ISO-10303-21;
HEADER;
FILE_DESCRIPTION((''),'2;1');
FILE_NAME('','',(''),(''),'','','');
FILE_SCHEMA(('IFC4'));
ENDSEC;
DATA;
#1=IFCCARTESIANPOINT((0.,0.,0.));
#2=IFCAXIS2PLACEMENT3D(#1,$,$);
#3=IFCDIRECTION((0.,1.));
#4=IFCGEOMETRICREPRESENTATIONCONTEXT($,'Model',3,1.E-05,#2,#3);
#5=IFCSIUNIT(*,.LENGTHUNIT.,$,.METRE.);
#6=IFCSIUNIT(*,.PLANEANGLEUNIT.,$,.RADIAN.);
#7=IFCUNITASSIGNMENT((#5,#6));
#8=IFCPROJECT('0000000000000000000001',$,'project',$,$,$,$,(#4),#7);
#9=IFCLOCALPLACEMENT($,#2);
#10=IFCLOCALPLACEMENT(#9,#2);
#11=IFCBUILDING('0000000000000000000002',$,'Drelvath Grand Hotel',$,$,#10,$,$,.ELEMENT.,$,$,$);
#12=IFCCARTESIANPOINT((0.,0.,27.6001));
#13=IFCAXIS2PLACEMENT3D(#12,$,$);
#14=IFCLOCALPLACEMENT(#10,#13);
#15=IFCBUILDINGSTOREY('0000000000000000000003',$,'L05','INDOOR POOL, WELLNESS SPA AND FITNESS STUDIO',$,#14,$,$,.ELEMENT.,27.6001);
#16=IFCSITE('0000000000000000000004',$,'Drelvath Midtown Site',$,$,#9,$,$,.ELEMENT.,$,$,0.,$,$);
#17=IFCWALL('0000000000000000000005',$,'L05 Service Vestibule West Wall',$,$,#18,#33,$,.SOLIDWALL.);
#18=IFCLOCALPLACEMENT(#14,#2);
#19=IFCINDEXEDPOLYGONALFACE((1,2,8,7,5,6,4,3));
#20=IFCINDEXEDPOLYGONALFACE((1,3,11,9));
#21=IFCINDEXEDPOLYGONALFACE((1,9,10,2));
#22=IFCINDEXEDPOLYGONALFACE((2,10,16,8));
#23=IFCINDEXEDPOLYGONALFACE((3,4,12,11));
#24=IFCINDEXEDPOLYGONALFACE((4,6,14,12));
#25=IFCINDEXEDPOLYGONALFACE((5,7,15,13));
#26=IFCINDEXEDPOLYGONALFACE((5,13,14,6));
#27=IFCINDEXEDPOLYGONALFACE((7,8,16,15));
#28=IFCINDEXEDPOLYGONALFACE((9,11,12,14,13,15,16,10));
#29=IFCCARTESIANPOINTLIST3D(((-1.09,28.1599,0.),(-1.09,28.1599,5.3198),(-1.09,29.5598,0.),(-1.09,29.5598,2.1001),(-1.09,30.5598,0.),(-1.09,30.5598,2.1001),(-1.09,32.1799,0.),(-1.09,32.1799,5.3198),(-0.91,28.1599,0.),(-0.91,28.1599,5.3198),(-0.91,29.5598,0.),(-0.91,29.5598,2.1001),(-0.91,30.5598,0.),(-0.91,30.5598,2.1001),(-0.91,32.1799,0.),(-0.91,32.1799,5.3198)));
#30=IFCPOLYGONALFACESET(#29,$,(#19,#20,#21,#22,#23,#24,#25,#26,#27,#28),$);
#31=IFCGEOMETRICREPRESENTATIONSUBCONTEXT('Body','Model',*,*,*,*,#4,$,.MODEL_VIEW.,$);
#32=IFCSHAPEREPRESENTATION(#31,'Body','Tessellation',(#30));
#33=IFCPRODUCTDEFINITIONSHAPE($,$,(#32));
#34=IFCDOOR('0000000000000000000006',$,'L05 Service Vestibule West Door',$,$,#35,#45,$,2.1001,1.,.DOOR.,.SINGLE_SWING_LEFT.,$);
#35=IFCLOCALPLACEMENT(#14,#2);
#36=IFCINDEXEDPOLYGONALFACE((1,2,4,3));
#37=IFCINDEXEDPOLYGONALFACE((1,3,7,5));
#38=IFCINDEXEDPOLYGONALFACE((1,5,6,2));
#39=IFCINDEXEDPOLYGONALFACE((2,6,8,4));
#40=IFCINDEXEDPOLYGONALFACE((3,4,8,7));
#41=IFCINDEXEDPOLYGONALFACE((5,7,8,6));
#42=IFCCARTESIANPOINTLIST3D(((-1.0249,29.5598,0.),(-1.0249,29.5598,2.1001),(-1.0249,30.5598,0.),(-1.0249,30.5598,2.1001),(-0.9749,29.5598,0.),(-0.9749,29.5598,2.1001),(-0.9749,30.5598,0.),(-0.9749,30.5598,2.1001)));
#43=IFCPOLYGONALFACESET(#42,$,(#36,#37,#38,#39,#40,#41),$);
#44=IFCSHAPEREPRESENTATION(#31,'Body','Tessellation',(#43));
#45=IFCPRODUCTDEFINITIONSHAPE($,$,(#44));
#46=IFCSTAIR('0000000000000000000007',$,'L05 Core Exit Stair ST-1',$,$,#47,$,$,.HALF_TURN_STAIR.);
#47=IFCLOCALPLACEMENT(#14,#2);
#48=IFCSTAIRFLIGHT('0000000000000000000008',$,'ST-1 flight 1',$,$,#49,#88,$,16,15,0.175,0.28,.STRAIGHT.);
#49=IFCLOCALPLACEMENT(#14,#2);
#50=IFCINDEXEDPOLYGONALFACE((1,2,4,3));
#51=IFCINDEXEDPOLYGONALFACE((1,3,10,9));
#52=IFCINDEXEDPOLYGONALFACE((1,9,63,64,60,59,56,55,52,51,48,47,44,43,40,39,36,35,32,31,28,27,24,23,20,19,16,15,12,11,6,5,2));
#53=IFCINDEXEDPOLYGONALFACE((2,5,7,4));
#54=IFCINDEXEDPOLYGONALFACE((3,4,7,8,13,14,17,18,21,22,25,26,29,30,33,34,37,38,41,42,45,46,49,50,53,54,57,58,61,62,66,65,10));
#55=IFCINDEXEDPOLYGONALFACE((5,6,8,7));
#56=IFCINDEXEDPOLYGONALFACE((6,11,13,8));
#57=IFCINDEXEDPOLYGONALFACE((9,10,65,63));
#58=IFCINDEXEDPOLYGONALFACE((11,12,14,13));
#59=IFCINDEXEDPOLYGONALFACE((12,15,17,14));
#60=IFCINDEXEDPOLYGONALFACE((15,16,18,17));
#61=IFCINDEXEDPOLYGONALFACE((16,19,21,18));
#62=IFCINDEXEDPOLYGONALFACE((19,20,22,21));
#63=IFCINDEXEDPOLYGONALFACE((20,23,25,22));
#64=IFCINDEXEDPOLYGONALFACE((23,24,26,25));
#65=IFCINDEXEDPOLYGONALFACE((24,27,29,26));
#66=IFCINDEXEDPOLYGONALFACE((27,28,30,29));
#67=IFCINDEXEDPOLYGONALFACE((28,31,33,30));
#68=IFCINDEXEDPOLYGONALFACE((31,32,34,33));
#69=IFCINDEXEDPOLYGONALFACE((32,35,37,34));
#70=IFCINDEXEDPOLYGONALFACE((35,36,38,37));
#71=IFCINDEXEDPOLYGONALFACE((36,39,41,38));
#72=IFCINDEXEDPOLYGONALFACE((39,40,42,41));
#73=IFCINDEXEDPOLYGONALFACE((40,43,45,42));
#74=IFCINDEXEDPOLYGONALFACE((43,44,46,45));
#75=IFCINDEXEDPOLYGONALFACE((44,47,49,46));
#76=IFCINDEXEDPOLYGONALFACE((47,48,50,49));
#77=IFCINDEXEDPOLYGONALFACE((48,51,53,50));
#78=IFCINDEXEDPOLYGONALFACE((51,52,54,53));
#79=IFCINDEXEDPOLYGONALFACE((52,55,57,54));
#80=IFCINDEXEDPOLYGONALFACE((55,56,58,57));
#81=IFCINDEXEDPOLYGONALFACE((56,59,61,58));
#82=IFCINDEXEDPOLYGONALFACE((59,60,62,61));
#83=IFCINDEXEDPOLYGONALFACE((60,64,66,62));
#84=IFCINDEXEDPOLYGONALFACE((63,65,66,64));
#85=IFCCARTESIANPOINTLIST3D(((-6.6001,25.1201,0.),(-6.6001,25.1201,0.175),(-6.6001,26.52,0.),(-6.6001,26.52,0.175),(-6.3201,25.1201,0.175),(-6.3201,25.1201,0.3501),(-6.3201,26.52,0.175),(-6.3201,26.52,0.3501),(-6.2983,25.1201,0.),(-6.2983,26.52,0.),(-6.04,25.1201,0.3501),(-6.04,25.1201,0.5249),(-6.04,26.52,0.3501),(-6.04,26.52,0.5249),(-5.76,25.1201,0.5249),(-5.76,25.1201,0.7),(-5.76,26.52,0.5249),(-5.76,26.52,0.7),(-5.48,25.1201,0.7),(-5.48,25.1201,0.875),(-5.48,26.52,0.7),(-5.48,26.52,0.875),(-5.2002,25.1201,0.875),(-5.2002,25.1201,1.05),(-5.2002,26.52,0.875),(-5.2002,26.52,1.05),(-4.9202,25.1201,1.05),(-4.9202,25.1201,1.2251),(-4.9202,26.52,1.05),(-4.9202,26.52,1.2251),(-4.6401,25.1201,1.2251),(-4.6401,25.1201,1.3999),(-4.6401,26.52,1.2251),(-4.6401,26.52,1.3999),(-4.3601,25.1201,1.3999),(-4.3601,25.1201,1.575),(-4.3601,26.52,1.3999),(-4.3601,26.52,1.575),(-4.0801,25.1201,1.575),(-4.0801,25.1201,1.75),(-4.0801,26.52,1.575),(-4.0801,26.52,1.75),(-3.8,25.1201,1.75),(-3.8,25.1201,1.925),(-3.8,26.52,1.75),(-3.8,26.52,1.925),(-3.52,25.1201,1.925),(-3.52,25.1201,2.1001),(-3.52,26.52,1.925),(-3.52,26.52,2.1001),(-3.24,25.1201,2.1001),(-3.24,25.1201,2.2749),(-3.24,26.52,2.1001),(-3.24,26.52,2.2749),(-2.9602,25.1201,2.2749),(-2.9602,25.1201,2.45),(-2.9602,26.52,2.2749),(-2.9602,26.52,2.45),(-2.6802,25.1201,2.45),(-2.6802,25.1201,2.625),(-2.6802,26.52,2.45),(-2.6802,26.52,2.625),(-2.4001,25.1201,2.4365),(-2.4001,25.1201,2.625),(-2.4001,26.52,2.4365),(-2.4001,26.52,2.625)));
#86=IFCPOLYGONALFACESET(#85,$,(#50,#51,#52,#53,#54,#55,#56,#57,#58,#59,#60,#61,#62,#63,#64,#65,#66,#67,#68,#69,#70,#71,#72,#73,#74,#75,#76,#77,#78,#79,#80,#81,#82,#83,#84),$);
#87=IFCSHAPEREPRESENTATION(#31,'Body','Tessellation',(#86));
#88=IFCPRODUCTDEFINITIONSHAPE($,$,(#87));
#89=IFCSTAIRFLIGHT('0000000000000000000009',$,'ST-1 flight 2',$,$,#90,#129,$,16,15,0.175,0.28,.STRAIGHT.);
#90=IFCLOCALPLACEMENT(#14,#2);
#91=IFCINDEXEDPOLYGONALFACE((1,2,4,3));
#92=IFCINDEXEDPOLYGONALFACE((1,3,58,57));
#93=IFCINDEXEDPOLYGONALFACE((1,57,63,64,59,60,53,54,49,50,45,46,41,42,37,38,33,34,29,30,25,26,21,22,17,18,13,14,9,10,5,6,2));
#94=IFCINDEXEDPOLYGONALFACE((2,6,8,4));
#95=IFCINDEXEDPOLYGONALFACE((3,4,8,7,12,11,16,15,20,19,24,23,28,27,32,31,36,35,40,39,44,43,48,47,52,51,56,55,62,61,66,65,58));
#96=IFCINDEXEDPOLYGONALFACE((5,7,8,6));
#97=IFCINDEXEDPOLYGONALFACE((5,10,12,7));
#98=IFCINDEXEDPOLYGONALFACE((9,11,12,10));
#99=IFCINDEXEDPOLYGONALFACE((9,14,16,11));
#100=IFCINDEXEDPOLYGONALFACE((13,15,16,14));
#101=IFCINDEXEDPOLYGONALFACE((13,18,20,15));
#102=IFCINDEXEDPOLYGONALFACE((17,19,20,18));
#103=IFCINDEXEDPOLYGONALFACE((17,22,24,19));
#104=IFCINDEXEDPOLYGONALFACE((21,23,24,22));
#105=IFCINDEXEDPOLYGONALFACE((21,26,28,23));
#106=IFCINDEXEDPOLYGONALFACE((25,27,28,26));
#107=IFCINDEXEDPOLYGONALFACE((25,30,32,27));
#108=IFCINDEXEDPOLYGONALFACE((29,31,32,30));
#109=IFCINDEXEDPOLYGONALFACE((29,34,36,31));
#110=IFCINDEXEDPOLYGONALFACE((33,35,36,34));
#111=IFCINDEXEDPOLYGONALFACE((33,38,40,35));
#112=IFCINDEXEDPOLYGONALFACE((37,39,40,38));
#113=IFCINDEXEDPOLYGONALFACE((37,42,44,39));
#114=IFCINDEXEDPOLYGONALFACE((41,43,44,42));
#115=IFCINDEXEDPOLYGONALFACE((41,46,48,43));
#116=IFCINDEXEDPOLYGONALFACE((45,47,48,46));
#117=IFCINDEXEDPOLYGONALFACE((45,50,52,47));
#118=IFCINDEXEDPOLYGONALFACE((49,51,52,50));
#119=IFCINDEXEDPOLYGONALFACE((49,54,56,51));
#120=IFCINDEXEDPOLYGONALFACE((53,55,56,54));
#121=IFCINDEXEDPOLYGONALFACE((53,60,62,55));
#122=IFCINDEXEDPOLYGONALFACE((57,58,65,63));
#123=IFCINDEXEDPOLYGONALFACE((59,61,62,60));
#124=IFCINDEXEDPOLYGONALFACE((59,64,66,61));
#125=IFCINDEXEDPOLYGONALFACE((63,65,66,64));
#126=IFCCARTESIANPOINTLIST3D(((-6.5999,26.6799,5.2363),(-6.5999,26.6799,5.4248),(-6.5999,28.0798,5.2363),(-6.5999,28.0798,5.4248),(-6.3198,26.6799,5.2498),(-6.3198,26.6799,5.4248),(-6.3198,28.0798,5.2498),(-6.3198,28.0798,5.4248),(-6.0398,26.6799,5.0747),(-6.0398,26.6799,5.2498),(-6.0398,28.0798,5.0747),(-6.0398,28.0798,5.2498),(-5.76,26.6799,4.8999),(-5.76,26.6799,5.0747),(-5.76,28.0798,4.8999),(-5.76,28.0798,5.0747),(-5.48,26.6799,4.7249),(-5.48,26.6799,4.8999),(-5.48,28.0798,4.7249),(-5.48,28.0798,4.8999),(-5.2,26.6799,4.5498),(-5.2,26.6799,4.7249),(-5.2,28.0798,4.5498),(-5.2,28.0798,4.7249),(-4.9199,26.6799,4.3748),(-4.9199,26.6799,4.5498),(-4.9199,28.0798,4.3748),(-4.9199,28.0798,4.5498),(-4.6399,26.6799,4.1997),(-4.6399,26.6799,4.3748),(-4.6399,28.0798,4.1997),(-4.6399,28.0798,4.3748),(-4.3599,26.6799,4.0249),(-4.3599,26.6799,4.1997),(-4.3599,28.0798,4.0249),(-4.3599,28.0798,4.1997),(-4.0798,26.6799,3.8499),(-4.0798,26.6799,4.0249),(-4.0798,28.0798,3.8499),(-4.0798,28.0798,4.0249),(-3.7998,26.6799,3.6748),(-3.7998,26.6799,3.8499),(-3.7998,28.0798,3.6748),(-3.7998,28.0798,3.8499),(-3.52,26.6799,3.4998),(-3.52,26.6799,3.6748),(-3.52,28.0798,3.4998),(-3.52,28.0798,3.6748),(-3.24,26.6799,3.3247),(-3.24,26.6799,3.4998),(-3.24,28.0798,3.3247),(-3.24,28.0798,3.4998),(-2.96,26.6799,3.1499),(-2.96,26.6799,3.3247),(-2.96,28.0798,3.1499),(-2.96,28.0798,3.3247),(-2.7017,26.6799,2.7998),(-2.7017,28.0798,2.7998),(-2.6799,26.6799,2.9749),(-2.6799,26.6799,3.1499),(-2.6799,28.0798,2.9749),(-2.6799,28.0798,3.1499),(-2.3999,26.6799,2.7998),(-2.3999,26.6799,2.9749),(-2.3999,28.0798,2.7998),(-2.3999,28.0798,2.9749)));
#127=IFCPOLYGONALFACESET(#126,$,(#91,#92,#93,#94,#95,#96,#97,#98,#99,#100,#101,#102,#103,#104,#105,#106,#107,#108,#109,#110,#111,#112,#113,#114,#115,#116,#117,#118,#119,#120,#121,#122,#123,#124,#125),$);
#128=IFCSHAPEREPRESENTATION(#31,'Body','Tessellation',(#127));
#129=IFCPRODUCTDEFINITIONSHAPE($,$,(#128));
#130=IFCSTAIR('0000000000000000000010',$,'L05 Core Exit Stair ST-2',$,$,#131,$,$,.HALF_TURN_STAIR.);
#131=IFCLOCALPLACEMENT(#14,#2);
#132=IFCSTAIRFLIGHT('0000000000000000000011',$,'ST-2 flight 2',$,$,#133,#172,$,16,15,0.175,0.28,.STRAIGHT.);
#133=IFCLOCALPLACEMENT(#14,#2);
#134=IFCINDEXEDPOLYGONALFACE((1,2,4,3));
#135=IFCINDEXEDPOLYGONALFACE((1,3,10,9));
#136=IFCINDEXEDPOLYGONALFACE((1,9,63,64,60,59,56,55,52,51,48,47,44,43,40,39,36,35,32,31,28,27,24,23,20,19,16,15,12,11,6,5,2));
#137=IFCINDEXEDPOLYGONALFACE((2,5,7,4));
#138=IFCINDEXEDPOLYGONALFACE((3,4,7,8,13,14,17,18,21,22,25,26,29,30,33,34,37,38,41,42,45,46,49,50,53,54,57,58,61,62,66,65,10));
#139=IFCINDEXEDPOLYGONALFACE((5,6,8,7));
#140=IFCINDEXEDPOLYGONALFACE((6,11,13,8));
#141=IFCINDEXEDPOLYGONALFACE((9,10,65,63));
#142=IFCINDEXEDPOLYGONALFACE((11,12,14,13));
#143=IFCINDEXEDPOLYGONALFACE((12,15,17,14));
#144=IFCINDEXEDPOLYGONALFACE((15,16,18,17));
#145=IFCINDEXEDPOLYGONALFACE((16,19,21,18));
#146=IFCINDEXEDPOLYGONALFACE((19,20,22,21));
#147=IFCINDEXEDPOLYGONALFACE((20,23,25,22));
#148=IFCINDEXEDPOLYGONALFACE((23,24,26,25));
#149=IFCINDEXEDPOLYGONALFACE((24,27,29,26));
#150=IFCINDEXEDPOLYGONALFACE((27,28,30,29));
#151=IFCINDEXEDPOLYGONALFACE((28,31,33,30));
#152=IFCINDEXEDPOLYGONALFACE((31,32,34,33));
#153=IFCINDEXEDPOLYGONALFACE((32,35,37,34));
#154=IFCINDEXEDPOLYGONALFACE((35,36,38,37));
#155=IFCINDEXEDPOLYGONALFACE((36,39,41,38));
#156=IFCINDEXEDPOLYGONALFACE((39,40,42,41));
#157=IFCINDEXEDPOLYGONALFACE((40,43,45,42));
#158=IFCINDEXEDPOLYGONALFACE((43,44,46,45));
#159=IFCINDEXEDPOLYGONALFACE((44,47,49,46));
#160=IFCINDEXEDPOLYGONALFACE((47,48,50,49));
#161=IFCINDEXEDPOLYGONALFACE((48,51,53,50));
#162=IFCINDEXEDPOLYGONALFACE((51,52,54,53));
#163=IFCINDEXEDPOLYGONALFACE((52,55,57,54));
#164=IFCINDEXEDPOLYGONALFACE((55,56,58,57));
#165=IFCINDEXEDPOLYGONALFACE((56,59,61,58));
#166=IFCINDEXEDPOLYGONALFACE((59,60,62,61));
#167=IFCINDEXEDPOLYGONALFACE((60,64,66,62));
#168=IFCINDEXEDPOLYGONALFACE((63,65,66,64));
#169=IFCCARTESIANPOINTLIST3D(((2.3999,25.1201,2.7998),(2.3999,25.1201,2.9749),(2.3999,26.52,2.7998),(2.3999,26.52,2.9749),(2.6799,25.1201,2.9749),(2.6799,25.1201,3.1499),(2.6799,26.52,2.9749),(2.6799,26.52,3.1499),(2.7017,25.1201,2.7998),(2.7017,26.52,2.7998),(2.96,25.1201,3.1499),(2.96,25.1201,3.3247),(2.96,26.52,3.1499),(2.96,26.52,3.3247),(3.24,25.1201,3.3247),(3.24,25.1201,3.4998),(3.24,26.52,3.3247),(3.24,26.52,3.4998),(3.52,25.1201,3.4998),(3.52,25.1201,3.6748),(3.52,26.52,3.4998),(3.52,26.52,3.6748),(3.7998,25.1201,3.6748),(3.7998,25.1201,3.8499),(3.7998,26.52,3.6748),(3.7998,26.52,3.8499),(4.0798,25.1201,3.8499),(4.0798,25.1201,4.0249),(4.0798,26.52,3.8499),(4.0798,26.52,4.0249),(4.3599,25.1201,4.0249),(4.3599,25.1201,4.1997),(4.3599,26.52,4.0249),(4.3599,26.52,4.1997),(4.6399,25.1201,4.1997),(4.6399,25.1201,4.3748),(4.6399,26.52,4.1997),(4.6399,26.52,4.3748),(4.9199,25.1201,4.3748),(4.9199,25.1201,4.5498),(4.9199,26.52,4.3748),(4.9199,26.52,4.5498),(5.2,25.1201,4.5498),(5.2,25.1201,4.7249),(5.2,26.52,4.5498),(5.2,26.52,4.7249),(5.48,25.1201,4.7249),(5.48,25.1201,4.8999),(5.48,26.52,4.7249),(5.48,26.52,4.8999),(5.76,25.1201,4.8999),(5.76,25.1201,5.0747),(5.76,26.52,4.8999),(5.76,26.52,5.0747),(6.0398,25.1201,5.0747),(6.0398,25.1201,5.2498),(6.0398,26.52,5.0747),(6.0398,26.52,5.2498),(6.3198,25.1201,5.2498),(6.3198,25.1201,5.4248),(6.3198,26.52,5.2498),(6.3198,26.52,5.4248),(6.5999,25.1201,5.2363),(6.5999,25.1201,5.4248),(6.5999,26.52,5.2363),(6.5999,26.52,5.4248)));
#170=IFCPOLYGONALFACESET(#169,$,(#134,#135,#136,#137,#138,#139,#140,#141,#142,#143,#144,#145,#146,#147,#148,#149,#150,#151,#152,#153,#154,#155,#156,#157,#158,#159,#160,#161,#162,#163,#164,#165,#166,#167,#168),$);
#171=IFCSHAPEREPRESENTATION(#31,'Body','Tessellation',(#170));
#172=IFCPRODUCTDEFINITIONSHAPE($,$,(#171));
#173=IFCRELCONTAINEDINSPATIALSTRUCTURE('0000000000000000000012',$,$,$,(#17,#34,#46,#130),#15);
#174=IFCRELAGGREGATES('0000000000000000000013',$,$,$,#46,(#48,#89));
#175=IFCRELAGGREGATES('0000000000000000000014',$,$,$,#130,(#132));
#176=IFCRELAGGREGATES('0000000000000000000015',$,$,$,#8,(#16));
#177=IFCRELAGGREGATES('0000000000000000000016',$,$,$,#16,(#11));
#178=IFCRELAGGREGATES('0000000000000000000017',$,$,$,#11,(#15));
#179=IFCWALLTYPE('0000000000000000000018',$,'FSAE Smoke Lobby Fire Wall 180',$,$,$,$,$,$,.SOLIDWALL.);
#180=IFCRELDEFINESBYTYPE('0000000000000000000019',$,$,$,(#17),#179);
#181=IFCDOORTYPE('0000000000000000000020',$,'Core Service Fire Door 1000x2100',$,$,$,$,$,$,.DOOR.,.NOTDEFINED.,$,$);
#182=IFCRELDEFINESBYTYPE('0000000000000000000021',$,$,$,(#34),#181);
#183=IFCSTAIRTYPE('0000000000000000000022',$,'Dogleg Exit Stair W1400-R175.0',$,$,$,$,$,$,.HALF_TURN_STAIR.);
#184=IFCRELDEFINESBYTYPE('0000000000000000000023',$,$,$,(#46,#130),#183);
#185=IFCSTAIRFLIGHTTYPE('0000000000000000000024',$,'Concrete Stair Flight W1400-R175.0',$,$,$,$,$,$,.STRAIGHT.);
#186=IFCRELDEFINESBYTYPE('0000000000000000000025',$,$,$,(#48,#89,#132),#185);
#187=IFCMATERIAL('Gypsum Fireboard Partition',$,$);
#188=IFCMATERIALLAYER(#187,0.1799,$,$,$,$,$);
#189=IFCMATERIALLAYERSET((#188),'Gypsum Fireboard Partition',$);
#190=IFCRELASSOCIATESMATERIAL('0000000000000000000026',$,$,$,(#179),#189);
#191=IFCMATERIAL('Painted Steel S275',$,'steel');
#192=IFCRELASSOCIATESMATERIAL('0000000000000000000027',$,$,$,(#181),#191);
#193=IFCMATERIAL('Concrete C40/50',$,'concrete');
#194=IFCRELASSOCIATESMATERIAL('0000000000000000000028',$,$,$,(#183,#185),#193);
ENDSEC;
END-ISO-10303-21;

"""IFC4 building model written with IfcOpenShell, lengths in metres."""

from ifc_helpers import new_model, si_unit, direction, frame, frame_2d, origin, place, context, subcontext, project, spatial, polyline, rectangle, outline, extrude, material, layer, layer_set, type_object, element, fill, aggregate, save


model = new_model("IFC4")

# Units and contexts
model_context = context("Model", 3, precision=1e-05, world=origin(), true_north=direction((0.0, 1.0)))
body_context = subcontext(model_context, "Body", "Model", "MODEL_VIEW")
ifc_project = project(units=[si_unit("LENGTHUNIT", "METRE"), si_unit("PLANEANGLEUNIT", "RADIAN")], contexts=[model_context])

# Site, building, storey
site_placement = place(None, origin())
site = spatial("IfcSite", under=ifc_project, at=site_placement, Name="Drelvath Midtown Site", CompositionType="ELEMENT", RefElevation=0.0)
building_placement = place(site_placement, origin())
building = spatial("IfcBuilding", under=site, at=building_placement, Name="Drelvath Grand Hotel", CompositionType="ELEMENT")
storey_placement = place(building_placement, frame((0.0, 0.0, 27.6001)))
storey = spatial("IfcBuildingStorey", under=building, at=storey_placement, Name="L05", Description="INDOOR POOL, WELLNESS SPA AND FITNESS STUDIO", CompositionType="ELEMENT", Elevation=27.6001)

# Shared definitions
ifc_material_1 = material(Name="Painted Steel S275", Category="steel")

# Shared definitions
ifc_material_2 = material(Name="Concrete C40/50", Category="concrete")

# Shared definitions
ifc_material_3 = material(Name="Gypsum Fireboard Partition")

# Wall, opening, door
ifc_layer_1 = layer(ifc_material_3, 0.1799)
ifc_layer_set_1 = layer_set([ifc_layer_1], Name="Gypsum Fireboard Partition")
wall_type_1 = type_object("IfcWallType", Name="FSAE Smoke Lobby Fire Wall 180", PredefinedType="SOLIDWALL", material=ifc_layer_set_1)
wall_1_placement = place(storey_placement, frame((-1.0, 28.1599, 0.0), z_axis=(0.0, 0.0, 1.0), x_axis=(0.0, 1.0, 0.0)))
wall_1 = element("IfcWall", 1, at=wall_1_placement, inside=storey, type_object=wall_type_1, Name="L05 Service Vestibule West Wall", PredefinedType="SOLIDWALL", context=body_context, shape_type="SweptSolid", body=[
    extrude(rectangle(XDim=4.02, YDim=0.1799, at=frame_2d((2.01, 0.0))), origin(), (0.0, 0.0, 1.0), 5.3198),
])
opening_1_placement = place(wall_1_placement, frame((1.3999, 0.0, 0.0)))
opening_1 = element("IfcOpeningElement", 2, at=opening_1_placement, cuts=wall_1, PredefinedType="OPENING", context=body_context, shape_type="SweptSolid", body=[
    extrude(rectangle(XDim=1.0, YDim=2.1001, at=frame_2d((0.5, 1.05))), frame((0.0, 0.0999, 0.0), z_axis=(0.0, -1.0, 0.0), x_axis=(1.0, 0.0, 0.0)), (0.0, 0.0, 1.0), 0.2),
])
door_type_1 = type_object("IfcDoorType", Name="Core Service Fire Door 1000x2100", OperationType="NOTDEFINED", PredefinedType="DOOR", material=ifc_material_1)
door_1_placement = place(opening_1_placement, origin())
door_1 = element("IfcDoor", 3, at=door_1_placement, inside=storey, type_object=door_type_1, Name="L05 Service Vestibule West Door", OperationType="SINGLE_SWING_LEFT", OverallHeight=2.1001, OverallWidth=1.0, PredefinedType="DOOR", context=body_context, shape_type="SweptSolid", body=[
    extrude(rectangle(XDim=1.0, YDim=2.1001, at=frame_2d((0.5, 1.05))), frame((0.0, 0.0249, 0.0), z_axis=(0.0, -1.0, 0.0), x_axis=(1.0, 0.0, 0.0)), (0.0, 0.0, 1.0), 0.05),
])
fill(opening_1, door_1)

# Stair, stair flights
stair_type = type_object("IfcStairType", Name="Dogleg Exit Stair W1400-R175.0", PredefinedType="HALF_TURN_STAIR", material=ifc_material_2)
stair_1_placement = place(storey_placement, origin())
stair_1 = element("IfcStair", 4, at=stair_1_placement, inside=storey, type_object=stair_type, Name="L05 Core Exit Stair ST-1", PredefinedType="HALF_TURN_STAIR")
stair_flight_type = type_object("IfcStairFlightType", Name="Concrete Stair Flight W1400-R175.0", PredefinedType="STRAIGHT", material=ifc_material_2)
stair_flight_1_placement = place(storey_placement, frame((-6.6001, 25.8201, 0.0), z_axis=(0.0, 0.0, 1.0), x_axis=(1.0, 0.0, 0.0)))
stair_flight_1 = element("IfcStairFlight", 5, at=stair_flight_1_placement, type_object=stair_flight_type, Name="ST-1 flight 1", NumberOfRisers=16, NumberOfTreads=15, PredefinedType="STRAIGHT", RiserHeight=0.175, TreadLength=0.28, context=body_context, shape_type="SweptSolid", body=[
    extrude(outline(polyline([(0.0, 0.0), (0.0, 0.175), (0.28, 0.175), (0.28, 0.3501), (0.5601, 0.3501), (0.5601, 0.5249), (0.8401, 0.5249), (0.8401, 0.7), (1.1201, 0.7), (1.1201, 0.875), (1.3999, 0.875), (1.3999, 1.05), (1.6799, 1.05), (1.6799, 1.2251), (1.96, 1.2251), (1.96, 1.3999), (2.24, 1.3999), (2.24, 1.575), (2.52, 1.575), (2.52, 1.75), (2.8, 1.75), (2.8, 1.925), (3.0801, 1.925), (3.0801, 2.1001), (3.3601, 2.1001), (3.3601, 2.2749), (3.6399, 2.2749), (3.6399, 2.45), (3.9199, 2.45), (3.9199, 2.625), (4.2, 2.625), (4.2, 2.8), (4.2, 2.4365), (0.3018, 0.0), (0.0, 0.0)])), frame((0.0, 0.7, 0.0), z_axis=(0.0, -1.0, 0.0), x_axis=(1.0, 0.0, 0.0)), (0.0, 0.0, 1.0), 1.3999),
])
stair_flight_2_placement = place(storey_placement, frame((-2.3999, 27.3799, 2.7998), z_axis=(0.0, 0.0, 1.0), x_axis=(-1.0, 0.0, 0.0)))
stair_flight_2 = element("IfcStairFlight", 6, at=stair_flight_2_placement, type_object=stair_flight_type, Name="ST-1 flight 2", NumberOfRisers=16, NumberOfTreads=15, PredefinedType="STRAIGHT", RiserHeight=0.175, TreadLength=0.28, context=body_context, shape_type="SweptSolid", body=[
    extrude(outline(polyline([(0.0, 0.0), (0.0, 0.175), (0.28, 0.175), (0.28, 0.3501), (0.5601, 0.3501), (0.5601, 0.5249), (0.8401, 0.5249), (0.8401, 0.7), (1.1201, 0.7), (1.1201, 0.875), (1.3999, 0.875), (1.3999, 1.05), (1.6799, 1.05), (1.6799, 1.2251), (1.96, 1.2251), (1.96, 1.3999), (2.24, 1.3999), (2.24, 1.575), (2.52, 1.575), (2.52, 1.75), (2.8, 1.75), (2.8, 1.925), (3.0801, 1.925), (3.0801, 2.1001), (3.3601, 2.1001), (3.3601, 2.2749), (3.6399, 2.2749), (3.6399, 2.45), (3.9199, 2.45), (3.9199, 2.625), (4.2, 2.625), (4.2, 2.8), (4.2, 2.4365), (0.3018, 0.0), (0.0, 0.0)])), frame((0.0, 0.7, 0.0), z_axis=(0.0, -1.0, 0.0), x_axis=(1.0, 0.0, 0.0)), (0.0, 0.0, 1.0), 1.3999),
])
aggregate(stair_1, [stair_flight_1, stair_flight_2])

# Stair, stair flight
stair_2_placement = place(storey_placement, origin())
stair_2 = element("IfcStair", 7, at=stair_2_placement, inside=storey, type_object=stair_type, Name="L05 Core Exit Stair ST-2", PredefinedType="HALF_TURN_STAIR")
stair_flight_3_placement = place(storey_placement, frame((2.3999, 25.8201, 2.7998), z_axis=(0.0, 0.0, 1.0), x_axis=(1.0, 0.0, 0.0)))
stair_flight_3 = element("IfcStairFlight", 8, at=stair_flight_3_placement, type_object=stair_flight_type, Name="ST-2 flight 2", NumberOfRisers=16, NumberOfTreads=15, PredefinedType="STRAIGHT", RiserHeight=0.175, TreadLength=0.28, context=body_context, shape_type="SweptSolid", body=[
    extrude(outline(polyline([(0.0, 0.0), (0.0, 0.175), (0.28, 0.175), (0.28, 0.3501), (0.5601, 0.3501), (0.5601, 0.5249), (0.8401, 0.5249), (0.8401, 0.7), (1.1201, 0.7), (1.1201, 0.875), (1.3999, 0.875), (1.3999, 1.05), (1.6799, 1.05), (1.6799, 1.2251), (1.96, 1.2251), (1.96, 1.3999), (2.24, 1.3999), (2.24, 1.575), (2.52, 1.575), (2.52, 1.75), (2.8, 1.75), (2.8, 1.925), (3.0801, 1.925), (3.0801, 2.1001), (3.3601, 2.1001), (3.3601, 2.2749), (3.6399, 2.2749), (3.6399, 2.45), (3.9199, 2.45), (3.9199, 2.625), (4.2, 2.625), (4.2, 2.8), (4.2, 2.4365), (0.3018, 0.0), (0.0, 0.0)])), frame((0.0, 0.7, 0.0), z_axis=(0.0, -1.0, 0.0), x_axis=(1.0, 0.0, 0.0)), (0.0, 0.0, 1.0), 1.3999),
])
aggregate(stair_2, [stair_flight_3])

save(model, "model.ifc")
